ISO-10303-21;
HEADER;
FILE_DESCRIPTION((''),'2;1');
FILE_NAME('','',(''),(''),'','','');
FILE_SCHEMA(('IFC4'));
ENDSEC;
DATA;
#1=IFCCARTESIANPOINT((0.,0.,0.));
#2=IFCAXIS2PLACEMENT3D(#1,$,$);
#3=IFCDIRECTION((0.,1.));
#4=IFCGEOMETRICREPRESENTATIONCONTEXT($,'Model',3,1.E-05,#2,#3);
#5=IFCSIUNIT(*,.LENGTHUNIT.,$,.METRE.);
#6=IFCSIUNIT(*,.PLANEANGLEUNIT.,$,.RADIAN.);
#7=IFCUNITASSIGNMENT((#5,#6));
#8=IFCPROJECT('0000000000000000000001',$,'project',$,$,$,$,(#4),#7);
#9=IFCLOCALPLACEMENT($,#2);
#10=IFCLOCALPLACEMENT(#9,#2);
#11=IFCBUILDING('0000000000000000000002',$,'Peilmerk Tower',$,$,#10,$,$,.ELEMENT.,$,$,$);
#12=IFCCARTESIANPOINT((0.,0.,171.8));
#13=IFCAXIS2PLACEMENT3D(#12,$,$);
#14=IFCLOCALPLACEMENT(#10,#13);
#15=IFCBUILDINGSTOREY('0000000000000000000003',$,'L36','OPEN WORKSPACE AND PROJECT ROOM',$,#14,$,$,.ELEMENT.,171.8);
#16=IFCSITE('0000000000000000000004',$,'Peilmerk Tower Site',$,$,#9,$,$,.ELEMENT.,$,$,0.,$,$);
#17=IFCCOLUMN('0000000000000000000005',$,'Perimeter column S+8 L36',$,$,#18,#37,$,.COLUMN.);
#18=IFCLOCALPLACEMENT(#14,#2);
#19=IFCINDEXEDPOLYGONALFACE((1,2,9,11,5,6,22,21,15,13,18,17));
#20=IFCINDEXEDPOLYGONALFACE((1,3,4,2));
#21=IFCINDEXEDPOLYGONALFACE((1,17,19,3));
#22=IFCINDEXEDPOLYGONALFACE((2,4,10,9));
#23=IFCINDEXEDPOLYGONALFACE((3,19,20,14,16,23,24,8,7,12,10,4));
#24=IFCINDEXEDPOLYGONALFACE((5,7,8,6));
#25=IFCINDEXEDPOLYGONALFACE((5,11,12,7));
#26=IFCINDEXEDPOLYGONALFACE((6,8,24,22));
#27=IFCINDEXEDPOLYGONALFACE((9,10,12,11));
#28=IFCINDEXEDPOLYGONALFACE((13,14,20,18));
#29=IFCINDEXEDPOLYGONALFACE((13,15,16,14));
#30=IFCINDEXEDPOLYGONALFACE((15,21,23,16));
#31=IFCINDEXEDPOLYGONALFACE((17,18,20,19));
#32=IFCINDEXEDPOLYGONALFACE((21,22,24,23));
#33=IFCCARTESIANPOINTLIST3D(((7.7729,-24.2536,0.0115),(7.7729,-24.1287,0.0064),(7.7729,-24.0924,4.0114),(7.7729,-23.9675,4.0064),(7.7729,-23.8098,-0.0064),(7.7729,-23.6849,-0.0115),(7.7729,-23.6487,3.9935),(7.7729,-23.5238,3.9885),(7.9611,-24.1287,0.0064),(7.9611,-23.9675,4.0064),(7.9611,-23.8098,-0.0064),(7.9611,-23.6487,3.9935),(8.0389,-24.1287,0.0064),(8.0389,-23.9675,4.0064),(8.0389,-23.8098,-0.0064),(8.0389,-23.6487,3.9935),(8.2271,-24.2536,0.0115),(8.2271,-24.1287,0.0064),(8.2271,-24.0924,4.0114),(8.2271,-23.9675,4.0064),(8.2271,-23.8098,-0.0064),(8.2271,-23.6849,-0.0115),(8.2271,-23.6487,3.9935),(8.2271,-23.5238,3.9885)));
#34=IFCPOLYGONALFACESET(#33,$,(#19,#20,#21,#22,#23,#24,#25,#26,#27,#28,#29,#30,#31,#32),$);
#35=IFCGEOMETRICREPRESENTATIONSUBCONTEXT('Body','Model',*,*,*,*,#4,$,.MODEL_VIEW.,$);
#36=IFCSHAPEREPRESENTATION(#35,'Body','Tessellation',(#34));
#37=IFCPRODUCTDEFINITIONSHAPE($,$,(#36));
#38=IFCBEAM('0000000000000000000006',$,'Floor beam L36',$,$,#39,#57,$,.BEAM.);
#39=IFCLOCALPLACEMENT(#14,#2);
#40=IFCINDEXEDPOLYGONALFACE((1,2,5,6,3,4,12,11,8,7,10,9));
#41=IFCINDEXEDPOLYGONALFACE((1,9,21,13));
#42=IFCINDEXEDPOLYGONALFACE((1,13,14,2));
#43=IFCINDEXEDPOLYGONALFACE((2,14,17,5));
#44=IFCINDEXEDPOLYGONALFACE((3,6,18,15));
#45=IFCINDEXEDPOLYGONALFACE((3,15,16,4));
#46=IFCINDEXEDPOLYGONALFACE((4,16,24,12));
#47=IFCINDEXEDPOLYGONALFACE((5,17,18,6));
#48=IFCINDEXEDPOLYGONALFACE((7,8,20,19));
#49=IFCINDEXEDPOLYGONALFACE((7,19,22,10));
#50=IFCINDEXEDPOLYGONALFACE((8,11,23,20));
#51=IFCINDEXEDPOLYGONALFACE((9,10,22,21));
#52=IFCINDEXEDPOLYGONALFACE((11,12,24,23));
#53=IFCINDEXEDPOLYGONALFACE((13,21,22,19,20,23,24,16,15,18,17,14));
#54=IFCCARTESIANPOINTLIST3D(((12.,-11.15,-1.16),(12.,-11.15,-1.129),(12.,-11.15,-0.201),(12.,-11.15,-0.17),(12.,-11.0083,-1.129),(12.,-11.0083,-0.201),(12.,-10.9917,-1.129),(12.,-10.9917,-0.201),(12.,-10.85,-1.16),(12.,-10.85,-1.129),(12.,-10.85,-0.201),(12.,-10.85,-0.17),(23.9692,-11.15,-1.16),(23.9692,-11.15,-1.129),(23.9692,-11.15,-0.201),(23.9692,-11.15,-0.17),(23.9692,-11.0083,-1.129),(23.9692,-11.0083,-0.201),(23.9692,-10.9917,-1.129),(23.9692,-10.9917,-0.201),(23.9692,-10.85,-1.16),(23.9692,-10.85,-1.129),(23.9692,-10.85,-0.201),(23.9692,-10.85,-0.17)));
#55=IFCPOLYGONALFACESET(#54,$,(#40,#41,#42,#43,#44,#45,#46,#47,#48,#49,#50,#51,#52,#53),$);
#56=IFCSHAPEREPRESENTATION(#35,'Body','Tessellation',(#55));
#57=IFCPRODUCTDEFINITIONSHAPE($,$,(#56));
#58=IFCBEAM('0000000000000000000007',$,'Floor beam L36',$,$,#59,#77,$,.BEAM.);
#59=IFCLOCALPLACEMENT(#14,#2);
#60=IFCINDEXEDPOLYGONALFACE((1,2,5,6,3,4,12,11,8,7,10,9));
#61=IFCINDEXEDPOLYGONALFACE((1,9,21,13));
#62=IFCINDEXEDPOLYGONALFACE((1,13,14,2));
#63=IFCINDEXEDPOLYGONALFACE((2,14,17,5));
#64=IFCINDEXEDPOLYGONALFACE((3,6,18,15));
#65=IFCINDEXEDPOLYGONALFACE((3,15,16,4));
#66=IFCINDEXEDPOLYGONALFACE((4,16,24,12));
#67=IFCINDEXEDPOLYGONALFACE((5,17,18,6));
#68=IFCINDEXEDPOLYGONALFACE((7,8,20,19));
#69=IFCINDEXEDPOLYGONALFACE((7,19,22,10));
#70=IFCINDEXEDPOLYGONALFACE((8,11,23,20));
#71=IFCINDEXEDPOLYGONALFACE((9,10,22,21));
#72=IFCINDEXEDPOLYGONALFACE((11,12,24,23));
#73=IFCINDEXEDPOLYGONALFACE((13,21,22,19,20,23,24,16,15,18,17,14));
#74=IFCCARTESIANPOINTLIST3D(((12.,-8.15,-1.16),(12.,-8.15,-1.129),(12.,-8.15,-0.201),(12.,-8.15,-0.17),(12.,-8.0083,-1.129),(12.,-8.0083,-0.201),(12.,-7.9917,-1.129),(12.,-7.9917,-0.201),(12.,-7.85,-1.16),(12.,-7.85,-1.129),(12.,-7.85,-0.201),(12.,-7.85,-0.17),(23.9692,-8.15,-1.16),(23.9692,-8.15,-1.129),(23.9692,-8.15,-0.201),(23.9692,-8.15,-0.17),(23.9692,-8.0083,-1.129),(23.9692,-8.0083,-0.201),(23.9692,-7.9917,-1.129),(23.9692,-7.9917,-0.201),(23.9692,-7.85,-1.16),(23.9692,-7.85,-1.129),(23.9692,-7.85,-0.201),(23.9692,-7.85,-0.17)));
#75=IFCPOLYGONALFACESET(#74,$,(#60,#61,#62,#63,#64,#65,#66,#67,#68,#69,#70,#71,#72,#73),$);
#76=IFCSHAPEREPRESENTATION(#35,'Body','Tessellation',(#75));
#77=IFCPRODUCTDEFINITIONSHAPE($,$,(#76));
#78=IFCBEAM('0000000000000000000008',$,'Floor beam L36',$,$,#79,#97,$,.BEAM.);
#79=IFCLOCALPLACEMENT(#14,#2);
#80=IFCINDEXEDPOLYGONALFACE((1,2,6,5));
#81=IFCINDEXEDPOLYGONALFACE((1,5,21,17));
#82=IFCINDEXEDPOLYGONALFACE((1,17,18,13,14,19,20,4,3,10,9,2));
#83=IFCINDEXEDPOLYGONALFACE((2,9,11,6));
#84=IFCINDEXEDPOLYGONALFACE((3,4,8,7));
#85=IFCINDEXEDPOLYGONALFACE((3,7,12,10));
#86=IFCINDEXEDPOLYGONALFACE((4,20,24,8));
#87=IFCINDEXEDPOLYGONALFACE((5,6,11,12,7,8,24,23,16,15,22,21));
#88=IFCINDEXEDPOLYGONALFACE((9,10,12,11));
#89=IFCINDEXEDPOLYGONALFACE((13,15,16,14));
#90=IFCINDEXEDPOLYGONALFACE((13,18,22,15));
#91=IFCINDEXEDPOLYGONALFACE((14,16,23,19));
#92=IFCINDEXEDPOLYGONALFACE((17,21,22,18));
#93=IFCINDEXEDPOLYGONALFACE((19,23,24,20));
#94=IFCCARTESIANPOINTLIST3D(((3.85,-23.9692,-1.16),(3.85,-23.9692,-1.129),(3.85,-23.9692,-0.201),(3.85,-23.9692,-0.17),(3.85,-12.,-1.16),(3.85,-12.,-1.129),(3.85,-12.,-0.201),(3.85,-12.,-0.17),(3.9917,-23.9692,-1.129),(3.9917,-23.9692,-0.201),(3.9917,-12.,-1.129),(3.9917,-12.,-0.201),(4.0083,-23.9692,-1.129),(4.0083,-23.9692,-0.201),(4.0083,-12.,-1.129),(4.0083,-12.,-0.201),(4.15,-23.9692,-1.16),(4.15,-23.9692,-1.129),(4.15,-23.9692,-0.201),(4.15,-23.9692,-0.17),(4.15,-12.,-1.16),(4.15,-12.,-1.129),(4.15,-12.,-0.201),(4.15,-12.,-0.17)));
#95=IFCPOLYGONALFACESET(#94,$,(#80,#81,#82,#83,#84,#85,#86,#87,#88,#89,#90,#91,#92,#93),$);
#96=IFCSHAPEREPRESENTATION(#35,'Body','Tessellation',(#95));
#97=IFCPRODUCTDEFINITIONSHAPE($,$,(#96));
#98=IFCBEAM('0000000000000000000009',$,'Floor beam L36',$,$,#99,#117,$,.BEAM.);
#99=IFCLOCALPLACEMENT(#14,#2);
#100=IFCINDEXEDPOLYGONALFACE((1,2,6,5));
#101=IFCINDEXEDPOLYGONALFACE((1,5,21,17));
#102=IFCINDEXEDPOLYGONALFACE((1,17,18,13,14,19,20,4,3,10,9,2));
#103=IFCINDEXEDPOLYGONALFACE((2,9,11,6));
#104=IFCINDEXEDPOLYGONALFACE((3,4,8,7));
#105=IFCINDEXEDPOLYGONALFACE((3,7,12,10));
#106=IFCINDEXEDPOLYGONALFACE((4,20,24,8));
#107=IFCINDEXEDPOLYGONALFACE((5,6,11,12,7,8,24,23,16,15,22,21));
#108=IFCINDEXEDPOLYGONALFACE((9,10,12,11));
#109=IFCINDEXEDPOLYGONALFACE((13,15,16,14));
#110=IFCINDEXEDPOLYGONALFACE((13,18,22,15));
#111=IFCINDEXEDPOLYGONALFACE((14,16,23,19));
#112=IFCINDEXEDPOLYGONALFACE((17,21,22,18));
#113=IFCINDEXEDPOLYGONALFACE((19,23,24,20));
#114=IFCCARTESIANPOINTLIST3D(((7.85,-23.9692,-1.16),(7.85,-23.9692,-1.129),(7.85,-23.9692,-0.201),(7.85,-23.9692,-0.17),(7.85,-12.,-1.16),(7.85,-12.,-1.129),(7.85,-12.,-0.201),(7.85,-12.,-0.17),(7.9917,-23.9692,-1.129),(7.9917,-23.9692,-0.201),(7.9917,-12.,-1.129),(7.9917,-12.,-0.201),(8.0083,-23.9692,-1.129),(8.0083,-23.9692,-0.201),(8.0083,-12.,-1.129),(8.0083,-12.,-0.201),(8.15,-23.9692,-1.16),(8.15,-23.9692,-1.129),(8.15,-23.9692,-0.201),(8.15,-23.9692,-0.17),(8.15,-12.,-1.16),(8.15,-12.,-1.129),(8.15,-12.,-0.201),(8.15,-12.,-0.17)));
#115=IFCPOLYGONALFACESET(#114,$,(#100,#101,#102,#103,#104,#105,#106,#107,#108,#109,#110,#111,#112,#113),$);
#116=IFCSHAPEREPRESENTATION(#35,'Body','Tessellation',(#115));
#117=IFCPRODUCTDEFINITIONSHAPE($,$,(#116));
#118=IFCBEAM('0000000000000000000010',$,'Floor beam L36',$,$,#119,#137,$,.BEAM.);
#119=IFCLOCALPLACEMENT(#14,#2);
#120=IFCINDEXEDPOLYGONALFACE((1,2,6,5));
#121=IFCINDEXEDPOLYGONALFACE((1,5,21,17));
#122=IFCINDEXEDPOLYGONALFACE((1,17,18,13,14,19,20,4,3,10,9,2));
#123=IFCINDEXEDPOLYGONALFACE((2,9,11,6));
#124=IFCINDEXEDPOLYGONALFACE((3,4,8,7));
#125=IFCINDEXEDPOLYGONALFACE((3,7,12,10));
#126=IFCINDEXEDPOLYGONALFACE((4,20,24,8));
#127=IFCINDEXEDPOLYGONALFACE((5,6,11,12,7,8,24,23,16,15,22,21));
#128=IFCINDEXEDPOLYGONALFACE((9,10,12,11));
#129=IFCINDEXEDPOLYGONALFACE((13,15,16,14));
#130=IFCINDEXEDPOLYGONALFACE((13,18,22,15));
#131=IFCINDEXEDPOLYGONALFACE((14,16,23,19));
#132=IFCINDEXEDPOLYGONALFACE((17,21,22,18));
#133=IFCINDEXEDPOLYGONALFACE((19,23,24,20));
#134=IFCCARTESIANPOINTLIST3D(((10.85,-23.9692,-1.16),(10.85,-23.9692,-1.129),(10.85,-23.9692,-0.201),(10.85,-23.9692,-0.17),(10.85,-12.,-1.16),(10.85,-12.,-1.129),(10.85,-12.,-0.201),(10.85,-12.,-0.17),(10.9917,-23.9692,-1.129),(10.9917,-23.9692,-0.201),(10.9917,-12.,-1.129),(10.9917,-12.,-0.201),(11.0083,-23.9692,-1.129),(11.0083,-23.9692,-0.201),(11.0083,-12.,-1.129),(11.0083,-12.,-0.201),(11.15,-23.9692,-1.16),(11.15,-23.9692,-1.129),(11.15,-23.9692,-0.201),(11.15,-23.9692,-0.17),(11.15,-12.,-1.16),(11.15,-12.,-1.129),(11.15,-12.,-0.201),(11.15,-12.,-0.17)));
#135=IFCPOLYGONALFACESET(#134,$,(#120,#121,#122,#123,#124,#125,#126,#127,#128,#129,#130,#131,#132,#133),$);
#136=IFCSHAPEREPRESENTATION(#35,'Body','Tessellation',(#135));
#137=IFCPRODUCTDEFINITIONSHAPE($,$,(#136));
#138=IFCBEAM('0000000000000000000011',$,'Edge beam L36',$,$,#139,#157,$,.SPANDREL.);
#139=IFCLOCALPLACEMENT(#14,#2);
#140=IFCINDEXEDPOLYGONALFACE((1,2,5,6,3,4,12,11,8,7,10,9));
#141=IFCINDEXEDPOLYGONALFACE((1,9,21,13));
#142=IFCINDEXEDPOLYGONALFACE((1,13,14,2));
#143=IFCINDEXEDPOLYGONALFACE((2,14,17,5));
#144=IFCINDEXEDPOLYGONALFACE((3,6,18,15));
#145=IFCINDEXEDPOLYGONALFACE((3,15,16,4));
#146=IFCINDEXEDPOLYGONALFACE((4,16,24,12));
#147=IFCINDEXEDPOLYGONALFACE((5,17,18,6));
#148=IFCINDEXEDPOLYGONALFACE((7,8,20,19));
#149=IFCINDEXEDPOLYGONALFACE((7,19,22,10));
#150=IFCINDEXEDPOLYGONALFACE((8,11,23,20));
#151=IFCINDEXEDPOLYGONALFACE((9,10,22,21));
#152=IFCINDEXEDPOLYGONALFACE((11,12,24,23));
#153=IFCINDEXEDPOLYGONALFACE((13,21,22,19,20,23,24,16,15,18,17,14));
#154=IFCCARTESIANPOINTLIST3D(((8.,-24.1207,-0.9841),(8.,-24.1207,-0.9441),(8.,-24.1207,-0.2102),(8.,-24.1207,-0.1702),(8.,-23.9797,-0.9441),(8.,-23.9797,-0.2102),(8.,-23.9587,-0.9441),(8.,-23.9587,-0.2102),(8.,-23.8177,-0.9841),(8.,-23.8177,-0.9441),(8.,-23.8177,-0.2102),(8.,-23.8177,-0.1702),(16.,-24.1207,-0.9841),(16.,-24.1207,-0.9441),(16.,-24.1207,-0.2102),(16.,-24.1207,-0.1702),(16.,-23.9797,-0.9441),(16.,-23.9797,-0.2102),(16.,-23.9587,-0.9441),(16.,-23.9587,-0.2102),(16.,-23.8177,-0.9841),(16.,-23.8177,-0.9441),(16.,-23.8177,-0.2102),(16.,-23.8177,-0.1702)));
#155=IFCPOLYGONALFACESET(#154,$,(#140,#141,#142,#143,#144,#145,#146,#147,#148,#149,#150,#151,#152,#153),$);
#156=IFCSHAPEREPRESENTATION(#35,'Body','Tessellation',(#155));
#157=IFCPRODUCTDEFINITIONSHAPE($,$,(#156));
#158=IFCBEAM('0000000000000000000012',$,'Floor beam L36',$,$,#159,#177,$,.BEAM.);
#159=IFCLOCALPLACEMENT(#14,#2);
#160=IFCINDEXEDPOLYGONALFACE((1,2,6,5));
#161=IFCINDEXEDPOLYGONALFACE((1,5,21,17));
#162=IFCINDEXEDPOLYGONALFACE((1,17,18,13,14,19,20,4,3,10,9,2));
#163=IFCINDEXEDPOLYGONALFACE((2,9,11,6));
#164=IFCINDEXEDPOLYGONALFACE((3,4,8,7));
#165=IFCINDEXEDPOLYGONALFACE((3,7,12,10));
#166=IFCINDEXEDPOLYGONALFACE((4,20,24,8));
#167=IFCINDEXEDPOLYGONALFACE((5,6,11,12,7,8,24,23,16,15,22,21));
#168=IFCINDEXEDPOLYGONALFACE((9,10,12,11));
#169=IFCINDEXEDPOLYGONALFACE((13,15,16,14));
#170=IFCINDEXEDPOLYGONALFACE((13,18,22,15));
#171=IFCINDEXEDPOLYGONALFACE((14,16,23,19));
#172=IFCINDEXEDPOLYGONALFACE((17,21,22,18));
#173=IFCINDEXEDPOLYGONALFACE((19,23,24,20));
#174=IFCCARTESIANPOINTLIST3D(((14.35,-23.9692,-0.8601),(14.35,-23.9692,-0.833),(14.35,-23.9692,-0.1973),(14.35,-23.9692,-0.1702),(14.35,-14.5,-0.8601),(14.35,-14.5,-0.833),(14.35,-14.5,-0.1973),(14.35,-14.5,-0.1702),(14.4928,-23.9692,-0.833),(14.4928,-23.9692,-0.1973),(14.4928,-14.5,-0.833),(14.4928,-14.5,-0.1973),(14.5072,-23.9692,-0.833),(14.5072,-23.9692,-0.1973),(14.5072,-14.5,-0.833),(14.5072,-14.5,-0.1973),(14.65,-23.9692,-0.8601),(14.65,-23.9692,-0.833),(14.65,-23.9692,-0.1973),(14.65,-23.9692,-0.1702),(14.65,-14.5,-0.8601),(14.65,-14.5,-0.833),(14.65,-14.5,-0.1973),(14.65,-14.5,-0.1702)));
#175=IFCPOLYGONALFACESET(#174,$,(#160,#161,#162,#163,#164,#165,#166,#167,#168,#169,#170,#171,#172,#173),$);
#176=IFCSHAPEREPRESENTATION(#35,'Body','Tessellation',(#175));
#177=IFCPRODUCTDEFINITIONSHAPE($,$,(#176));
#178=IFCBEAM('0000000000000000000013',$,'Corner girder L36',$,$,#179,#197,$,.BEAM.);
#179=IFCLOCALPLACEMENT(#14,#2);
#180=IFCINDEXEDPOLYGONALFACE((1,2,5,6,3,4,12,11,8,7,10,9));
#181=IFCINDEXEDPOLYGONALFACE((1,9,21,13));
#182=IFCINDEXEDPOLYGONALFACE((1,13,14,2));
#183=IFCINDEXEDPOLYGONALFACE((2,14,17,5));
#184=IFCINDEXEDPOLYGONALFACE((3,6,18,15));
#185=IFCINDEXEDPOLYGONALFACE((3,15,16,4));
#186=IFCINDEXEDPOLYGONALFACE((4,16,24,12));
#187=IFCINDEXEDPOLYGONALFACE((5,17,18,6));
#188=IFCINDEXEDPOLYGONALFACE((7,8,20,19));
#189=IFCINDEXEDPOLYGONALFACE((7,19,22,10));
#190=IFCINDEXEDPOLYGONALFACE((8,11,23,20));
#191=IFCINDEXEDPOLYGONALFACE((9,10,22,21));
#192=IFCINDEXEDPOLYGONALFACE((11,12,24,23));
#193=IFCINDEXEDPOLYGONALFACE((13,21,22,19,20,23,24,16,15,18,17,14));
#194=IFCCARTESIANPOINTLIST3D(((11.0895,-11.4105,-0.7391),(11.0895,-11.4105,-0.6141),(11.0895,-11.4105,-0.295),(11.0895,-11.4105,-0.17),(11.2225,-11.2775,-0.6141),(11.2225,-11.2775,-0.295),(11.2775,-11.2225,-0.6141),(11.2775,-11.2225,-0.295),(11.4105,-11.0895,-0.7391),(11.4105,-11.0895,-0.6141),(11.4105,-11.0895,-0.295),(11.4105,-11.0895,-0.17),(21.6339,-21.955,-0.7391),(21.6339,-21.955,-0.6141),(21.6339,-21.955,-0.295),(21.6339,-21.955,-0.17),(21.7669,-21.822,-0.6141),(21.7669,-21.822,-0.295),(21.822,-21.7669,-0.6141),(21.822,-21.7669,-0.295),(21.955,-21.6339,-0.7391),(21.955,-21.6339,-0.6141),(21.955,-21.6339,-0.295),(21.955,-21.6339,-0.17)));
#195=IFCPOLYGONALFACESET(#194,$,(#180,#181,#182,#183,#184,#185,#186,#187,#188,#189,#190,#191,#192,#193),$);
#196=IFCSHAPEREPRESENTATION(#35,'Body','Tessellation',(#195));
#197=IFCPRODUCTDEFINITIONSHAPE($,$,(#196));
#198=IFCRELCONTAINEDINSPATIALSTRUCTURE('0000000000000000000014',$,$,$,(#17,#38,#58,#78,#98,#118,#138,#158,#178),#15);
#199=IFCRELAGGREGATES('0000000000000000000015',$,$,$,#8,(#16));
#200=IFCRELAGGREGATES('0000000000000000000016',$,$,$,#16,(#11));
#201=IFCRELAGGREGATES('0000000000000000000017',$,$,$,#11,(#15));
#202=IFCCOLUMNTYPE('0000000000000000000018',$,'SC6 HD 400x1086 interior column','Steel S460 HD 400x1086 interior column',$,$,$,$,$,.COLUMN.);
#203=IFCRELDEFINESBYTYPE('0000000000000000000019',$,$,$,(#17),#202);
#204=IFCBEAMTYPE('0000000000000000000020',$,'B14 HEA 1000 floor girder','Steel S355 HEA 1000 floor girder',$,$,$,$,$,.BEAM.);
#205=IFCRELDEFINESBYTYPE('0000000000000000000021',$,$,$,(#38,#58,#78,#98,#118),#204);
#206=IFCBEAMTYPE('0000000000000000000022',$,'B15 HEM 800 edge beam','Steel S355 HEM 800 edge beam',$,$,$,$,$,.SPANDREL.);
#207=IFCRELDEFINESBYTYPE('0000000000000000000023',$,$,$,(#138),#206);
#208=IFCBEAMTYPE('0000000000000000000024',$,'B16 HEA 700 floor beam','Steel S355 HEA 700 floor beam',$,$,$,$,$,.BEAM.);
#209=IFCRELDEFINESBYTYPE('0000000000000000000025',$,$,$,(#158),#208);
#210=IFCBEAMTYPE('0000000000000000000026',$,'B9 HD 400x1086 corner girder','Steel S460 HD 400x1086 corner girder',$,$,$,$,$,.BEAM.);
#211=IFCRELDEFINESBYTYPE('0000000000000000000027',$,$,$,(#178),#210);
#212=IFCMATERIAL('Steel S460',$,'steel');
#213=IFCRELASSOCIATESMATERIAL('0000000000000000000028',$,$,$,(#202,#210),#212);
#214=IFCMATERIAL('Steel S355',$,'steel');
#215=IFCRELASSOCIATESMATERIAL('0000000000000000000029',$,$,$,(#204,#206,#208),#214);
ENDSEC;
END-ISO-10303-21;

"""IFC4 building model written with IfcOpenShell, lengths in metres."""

from ifc_helpers import new_model, si_unit, direction, frame, origin, origin_2d, place, context, subcontext, project, spatial, i_section, extrude, material, material_profile, profile_set, type_object, element, save


model = new_model("IFC4")

# Units and contexts
model_context = context("Model", 3, precision=1e-05, world=origin(), true_north=direction((0.0, 1.0)))
body_context = subcontext(model_context, "Body", "Model", "MODEL_VIEW")
ifc_project = project(units=[si_unit("LENGTHUNIT", "METRE"), si_unit("PLANEANGLEUNIT", "RADIAN")], contexts=[model_context])

# Site, building, storey
site_placement = place(None, origin())
site = spatial("IfcSite", under=ifc_project, at=site_placement, Name="Peilmerk Tower Site", CompositionType="ELEMENT", RefElevation=0.0)
building_placement = place(site_placement, origin())
building = spatial("IfcBuilding", under=site, at=building_placement, Name="Peilmerk Tower", CompositionType="ELEMENT")
storey_placement = place(building_placement, frame((0.0, 0.0, 171.8)))
storey = spatial("IfcBuildingStorey", under=building, at=storey_placement, Name="L36", Description="OPEN WORKSPACE AND PROJECT ROOM", CompositionType="ELEMENT", Elevation=171.8)

# Column
ifc_material_1 = material(Name="Steel S460", Category="steel")
ifc_material_profile_1 = material_profile(ifc_material_1, i_section(OverallWidth=0.4541, OverallDepth=0.5691, WebThickness=0.0779, FlangeThickness=0.125, at=origin_2d()), Name="HD 400x1086")
ifc_profile_set_1 = profile_set([ifc_material_profile_1], Name="Steel S460")
column_type = type_object("IfcColumnType", Name="SC6 HD 400x1086 interior column", Description="Steel S460 HD 400x1086 interior column", PredefinedType="COLUMN", material=ifc_profile_set_1)
column_placement = place(storey_placement, frame((8.0, -23.9692, 0.0), z_axis=(0.0, 0.040251, 0.99919), x_axis=(-1.0, 0.0, 0.0)))
element("IfcColumn", 1, at=column_placement, inside=storey, type_object=column_type, Name="Perimeter column S+8 L36", PredefinedType="COLUMN", context=body_context, shape_type="SweptSolid", body=[
    extrude(i_section(OverallWidth=0.4541, OverallDepth=0.5691, WebThickness=0.0779, FlangeThickness=0.125, at=origin_2d()), origin(), (0.0, 0.0, 1.0), 4.0032),
])

# Beams
ifc_material_2 = material(Name="Steel S355", Category="steel")
ifc_material_profile_2 = material_profile(ifc_material_2, i_section(OverallWidth=0.3, OverallDepth=0.99, WebThickness=0.0166, FlangeThickness=0.031, at=origin_2d()), Name="HEA 1000")
ifc_profile_set_2 = profile_set([ifc_material_profile_2], Name="Steel S355")
beam_type_1 = type_object("IfcBeamType", Name="B14 HEA 1000 floor girder", Description="Steel S355 HEA 1000 floor girder", PredefinedType="BEAM", material=ifc_profile_set_2)
for number, where, z_axis, x_axis, name in (
    (2, (12.0, -11.0, -0.665), (1.0, 0.0, 0.0), (0.0, 1.0, 0.0), "Floor beam L36"),
    (3, (12.0, -8.0, -0.665), (1.0, 0.0, 0.0), (0.0, 1.0, 0.0), "Floor beam L36"),
    (4, (4.0, -12.0, -0.665), (0.0, -1.0, 0.0), (1.0, 0.0, 0.0), "Floor beam L36"),
    (5, (8.0, -12.0, -0.665), (0.0, -1.0, 0.0), (1.0, 0.0, 0.0), "Floor beam L36"),
    (6, (11.0, -12.0, -0.665), (0.0, -1.0, 0.0), (1.0, 0.0, 0.0), "Floor beam L36"),
):
    element("IfcBeam", number, at=place(storey_placement, frame(where, z_axis=z_axis, x_axis=x_axis)), inside=storey, type_object=beam_type_1, Name=name, PredefinedType="BEAM", context=body_context, shape_type="SweptSolid", body=[
        extrude(i_section(OverallWidth=0.3, OverallDepth=0.99, WebThickness=0.0166, FlangeThickness=0.031, at=origin_2d()), origin(), (0.0, 0.0, 1.0), 11.9692),
    ])
ifc_material_profile_3 = material_profile(ifc_material_2, i_section(OverallWidth=0.303, OverallDepth=0.814, WebThickness=0.021, FlangeThickness=0.04, at=origin_2d()), Name="HEM 800")
ifc_profile_set_3 = profile_set([ifc_material_profile_3], Name="Steel S355")
beam_type_2 = type_object("IfcBeamType", Name="B15 HEM 800 edge beam", Description="Steel S355 HEM 800 edge beam", PredefinedType="SPANDREL", material=ifc_profile_set_3)
beam_1_placement = place(storey_placement, frame((8.0, -23.9692, -0.5771), z_axis=(1.0, 0.0, 0.0), x_axis=(0.0, 1.0, 0.0)))
element("IfcBeam", 7, at=beam_1_placement, inside=storey, type_object=beam_type_2, Name="Edge beam L36", PredefinedType="SPANDREL", context=body_context, shape_type="SweptSolid", body=[
    extrude(i_section(OverallWidth=0.303, OverallDepth=0.814, WebThickness=0.021, FlangeThickness=0.04, at=origin_2d()), origin(), (0.0, 0.0, 1.0), 8.0),
])
ifc_material_profile_4 = material_profile(ifc_material_2, i_section(OverallWidth=0.3, OverallDepth=0.6899, WebThickness=0.0144, FlangeThickness=0.0271, at=origin_2d()), Name="HEA 700")
ifc_profile_set_4 = profile_set([ifc_material_profile_4], Name="Steel S355")
beam_type_3 = type_object("IfcBeamType", Name="B16 HEA 700 floor beam", Description="Steel S355 HEA 700 floor beam", PredefinedType="BEAM", material=ifc_profile_set_4)
beam_2_placement = place(storey_placement, frame((14.5, -14.5, -0.5151), z_axis=(0.0, -1.0, 0.0), x_axis=(1.0, 0.0, 0.0)))
element("IfcBeam", 8, at=beam_2_placement, inside=storey, type_object=beam_type_3, Name="Floor beam L36", PredefinedType="BEAM", context=body_context, shape_type="SweptSolid", body=[
    extrude(i_section(OverallWidth=0.3, OverallDepth=0.6899, WebThickness=0.0144, FlangeThickness=0.0271, at=origin_2d()), origin(), (0.0, 0.0, 1.0), 9.4692),
])
ifc_material_profile_5 = material_profile(ifc_material_1, i_section(OverallWidth=0.4541, OverallDepth=0.5691, WebThickness=0.0779, FlangeThickness=0.125, at=origin_2d()), Name="HD 400x1086")
ifc_profile_set_5 = profile_set([ifc_material_profile_5], Name="Steel S460")
beam_type_4 = type_object("IfcBeamType", Name="B9 HD 400x1086 corner girder", Description="Steel S460 HD 400x1086 corner girder", PredefinedType="BEAM", material=ifc_profile_set_5)
beam_3_placement = place(storey_placement, frame((11.25, -11.25, -0.4546), z_axis=(0.707107, -0.707107, 0.0), x_axis=(0.707107, 0.707107, 0.0)))
element("IfcBeam", 9, at=beam_3_placement, inside=storey, type_object=beam_type_4, Name="Corner girder L36", PredefinedType="BEAM", context=body_context, shape_type="SweptSolid", body=[
    extrude(i_section(OverallWidth=0.4541, OverallDepth=0.5691, WebThickness=0.0779, FlangeThickness=0.125, at=origin_2d()), origin(), (0.0, 0.0, 1.0), 14.9121),
])

save(model, "model.ifc")
